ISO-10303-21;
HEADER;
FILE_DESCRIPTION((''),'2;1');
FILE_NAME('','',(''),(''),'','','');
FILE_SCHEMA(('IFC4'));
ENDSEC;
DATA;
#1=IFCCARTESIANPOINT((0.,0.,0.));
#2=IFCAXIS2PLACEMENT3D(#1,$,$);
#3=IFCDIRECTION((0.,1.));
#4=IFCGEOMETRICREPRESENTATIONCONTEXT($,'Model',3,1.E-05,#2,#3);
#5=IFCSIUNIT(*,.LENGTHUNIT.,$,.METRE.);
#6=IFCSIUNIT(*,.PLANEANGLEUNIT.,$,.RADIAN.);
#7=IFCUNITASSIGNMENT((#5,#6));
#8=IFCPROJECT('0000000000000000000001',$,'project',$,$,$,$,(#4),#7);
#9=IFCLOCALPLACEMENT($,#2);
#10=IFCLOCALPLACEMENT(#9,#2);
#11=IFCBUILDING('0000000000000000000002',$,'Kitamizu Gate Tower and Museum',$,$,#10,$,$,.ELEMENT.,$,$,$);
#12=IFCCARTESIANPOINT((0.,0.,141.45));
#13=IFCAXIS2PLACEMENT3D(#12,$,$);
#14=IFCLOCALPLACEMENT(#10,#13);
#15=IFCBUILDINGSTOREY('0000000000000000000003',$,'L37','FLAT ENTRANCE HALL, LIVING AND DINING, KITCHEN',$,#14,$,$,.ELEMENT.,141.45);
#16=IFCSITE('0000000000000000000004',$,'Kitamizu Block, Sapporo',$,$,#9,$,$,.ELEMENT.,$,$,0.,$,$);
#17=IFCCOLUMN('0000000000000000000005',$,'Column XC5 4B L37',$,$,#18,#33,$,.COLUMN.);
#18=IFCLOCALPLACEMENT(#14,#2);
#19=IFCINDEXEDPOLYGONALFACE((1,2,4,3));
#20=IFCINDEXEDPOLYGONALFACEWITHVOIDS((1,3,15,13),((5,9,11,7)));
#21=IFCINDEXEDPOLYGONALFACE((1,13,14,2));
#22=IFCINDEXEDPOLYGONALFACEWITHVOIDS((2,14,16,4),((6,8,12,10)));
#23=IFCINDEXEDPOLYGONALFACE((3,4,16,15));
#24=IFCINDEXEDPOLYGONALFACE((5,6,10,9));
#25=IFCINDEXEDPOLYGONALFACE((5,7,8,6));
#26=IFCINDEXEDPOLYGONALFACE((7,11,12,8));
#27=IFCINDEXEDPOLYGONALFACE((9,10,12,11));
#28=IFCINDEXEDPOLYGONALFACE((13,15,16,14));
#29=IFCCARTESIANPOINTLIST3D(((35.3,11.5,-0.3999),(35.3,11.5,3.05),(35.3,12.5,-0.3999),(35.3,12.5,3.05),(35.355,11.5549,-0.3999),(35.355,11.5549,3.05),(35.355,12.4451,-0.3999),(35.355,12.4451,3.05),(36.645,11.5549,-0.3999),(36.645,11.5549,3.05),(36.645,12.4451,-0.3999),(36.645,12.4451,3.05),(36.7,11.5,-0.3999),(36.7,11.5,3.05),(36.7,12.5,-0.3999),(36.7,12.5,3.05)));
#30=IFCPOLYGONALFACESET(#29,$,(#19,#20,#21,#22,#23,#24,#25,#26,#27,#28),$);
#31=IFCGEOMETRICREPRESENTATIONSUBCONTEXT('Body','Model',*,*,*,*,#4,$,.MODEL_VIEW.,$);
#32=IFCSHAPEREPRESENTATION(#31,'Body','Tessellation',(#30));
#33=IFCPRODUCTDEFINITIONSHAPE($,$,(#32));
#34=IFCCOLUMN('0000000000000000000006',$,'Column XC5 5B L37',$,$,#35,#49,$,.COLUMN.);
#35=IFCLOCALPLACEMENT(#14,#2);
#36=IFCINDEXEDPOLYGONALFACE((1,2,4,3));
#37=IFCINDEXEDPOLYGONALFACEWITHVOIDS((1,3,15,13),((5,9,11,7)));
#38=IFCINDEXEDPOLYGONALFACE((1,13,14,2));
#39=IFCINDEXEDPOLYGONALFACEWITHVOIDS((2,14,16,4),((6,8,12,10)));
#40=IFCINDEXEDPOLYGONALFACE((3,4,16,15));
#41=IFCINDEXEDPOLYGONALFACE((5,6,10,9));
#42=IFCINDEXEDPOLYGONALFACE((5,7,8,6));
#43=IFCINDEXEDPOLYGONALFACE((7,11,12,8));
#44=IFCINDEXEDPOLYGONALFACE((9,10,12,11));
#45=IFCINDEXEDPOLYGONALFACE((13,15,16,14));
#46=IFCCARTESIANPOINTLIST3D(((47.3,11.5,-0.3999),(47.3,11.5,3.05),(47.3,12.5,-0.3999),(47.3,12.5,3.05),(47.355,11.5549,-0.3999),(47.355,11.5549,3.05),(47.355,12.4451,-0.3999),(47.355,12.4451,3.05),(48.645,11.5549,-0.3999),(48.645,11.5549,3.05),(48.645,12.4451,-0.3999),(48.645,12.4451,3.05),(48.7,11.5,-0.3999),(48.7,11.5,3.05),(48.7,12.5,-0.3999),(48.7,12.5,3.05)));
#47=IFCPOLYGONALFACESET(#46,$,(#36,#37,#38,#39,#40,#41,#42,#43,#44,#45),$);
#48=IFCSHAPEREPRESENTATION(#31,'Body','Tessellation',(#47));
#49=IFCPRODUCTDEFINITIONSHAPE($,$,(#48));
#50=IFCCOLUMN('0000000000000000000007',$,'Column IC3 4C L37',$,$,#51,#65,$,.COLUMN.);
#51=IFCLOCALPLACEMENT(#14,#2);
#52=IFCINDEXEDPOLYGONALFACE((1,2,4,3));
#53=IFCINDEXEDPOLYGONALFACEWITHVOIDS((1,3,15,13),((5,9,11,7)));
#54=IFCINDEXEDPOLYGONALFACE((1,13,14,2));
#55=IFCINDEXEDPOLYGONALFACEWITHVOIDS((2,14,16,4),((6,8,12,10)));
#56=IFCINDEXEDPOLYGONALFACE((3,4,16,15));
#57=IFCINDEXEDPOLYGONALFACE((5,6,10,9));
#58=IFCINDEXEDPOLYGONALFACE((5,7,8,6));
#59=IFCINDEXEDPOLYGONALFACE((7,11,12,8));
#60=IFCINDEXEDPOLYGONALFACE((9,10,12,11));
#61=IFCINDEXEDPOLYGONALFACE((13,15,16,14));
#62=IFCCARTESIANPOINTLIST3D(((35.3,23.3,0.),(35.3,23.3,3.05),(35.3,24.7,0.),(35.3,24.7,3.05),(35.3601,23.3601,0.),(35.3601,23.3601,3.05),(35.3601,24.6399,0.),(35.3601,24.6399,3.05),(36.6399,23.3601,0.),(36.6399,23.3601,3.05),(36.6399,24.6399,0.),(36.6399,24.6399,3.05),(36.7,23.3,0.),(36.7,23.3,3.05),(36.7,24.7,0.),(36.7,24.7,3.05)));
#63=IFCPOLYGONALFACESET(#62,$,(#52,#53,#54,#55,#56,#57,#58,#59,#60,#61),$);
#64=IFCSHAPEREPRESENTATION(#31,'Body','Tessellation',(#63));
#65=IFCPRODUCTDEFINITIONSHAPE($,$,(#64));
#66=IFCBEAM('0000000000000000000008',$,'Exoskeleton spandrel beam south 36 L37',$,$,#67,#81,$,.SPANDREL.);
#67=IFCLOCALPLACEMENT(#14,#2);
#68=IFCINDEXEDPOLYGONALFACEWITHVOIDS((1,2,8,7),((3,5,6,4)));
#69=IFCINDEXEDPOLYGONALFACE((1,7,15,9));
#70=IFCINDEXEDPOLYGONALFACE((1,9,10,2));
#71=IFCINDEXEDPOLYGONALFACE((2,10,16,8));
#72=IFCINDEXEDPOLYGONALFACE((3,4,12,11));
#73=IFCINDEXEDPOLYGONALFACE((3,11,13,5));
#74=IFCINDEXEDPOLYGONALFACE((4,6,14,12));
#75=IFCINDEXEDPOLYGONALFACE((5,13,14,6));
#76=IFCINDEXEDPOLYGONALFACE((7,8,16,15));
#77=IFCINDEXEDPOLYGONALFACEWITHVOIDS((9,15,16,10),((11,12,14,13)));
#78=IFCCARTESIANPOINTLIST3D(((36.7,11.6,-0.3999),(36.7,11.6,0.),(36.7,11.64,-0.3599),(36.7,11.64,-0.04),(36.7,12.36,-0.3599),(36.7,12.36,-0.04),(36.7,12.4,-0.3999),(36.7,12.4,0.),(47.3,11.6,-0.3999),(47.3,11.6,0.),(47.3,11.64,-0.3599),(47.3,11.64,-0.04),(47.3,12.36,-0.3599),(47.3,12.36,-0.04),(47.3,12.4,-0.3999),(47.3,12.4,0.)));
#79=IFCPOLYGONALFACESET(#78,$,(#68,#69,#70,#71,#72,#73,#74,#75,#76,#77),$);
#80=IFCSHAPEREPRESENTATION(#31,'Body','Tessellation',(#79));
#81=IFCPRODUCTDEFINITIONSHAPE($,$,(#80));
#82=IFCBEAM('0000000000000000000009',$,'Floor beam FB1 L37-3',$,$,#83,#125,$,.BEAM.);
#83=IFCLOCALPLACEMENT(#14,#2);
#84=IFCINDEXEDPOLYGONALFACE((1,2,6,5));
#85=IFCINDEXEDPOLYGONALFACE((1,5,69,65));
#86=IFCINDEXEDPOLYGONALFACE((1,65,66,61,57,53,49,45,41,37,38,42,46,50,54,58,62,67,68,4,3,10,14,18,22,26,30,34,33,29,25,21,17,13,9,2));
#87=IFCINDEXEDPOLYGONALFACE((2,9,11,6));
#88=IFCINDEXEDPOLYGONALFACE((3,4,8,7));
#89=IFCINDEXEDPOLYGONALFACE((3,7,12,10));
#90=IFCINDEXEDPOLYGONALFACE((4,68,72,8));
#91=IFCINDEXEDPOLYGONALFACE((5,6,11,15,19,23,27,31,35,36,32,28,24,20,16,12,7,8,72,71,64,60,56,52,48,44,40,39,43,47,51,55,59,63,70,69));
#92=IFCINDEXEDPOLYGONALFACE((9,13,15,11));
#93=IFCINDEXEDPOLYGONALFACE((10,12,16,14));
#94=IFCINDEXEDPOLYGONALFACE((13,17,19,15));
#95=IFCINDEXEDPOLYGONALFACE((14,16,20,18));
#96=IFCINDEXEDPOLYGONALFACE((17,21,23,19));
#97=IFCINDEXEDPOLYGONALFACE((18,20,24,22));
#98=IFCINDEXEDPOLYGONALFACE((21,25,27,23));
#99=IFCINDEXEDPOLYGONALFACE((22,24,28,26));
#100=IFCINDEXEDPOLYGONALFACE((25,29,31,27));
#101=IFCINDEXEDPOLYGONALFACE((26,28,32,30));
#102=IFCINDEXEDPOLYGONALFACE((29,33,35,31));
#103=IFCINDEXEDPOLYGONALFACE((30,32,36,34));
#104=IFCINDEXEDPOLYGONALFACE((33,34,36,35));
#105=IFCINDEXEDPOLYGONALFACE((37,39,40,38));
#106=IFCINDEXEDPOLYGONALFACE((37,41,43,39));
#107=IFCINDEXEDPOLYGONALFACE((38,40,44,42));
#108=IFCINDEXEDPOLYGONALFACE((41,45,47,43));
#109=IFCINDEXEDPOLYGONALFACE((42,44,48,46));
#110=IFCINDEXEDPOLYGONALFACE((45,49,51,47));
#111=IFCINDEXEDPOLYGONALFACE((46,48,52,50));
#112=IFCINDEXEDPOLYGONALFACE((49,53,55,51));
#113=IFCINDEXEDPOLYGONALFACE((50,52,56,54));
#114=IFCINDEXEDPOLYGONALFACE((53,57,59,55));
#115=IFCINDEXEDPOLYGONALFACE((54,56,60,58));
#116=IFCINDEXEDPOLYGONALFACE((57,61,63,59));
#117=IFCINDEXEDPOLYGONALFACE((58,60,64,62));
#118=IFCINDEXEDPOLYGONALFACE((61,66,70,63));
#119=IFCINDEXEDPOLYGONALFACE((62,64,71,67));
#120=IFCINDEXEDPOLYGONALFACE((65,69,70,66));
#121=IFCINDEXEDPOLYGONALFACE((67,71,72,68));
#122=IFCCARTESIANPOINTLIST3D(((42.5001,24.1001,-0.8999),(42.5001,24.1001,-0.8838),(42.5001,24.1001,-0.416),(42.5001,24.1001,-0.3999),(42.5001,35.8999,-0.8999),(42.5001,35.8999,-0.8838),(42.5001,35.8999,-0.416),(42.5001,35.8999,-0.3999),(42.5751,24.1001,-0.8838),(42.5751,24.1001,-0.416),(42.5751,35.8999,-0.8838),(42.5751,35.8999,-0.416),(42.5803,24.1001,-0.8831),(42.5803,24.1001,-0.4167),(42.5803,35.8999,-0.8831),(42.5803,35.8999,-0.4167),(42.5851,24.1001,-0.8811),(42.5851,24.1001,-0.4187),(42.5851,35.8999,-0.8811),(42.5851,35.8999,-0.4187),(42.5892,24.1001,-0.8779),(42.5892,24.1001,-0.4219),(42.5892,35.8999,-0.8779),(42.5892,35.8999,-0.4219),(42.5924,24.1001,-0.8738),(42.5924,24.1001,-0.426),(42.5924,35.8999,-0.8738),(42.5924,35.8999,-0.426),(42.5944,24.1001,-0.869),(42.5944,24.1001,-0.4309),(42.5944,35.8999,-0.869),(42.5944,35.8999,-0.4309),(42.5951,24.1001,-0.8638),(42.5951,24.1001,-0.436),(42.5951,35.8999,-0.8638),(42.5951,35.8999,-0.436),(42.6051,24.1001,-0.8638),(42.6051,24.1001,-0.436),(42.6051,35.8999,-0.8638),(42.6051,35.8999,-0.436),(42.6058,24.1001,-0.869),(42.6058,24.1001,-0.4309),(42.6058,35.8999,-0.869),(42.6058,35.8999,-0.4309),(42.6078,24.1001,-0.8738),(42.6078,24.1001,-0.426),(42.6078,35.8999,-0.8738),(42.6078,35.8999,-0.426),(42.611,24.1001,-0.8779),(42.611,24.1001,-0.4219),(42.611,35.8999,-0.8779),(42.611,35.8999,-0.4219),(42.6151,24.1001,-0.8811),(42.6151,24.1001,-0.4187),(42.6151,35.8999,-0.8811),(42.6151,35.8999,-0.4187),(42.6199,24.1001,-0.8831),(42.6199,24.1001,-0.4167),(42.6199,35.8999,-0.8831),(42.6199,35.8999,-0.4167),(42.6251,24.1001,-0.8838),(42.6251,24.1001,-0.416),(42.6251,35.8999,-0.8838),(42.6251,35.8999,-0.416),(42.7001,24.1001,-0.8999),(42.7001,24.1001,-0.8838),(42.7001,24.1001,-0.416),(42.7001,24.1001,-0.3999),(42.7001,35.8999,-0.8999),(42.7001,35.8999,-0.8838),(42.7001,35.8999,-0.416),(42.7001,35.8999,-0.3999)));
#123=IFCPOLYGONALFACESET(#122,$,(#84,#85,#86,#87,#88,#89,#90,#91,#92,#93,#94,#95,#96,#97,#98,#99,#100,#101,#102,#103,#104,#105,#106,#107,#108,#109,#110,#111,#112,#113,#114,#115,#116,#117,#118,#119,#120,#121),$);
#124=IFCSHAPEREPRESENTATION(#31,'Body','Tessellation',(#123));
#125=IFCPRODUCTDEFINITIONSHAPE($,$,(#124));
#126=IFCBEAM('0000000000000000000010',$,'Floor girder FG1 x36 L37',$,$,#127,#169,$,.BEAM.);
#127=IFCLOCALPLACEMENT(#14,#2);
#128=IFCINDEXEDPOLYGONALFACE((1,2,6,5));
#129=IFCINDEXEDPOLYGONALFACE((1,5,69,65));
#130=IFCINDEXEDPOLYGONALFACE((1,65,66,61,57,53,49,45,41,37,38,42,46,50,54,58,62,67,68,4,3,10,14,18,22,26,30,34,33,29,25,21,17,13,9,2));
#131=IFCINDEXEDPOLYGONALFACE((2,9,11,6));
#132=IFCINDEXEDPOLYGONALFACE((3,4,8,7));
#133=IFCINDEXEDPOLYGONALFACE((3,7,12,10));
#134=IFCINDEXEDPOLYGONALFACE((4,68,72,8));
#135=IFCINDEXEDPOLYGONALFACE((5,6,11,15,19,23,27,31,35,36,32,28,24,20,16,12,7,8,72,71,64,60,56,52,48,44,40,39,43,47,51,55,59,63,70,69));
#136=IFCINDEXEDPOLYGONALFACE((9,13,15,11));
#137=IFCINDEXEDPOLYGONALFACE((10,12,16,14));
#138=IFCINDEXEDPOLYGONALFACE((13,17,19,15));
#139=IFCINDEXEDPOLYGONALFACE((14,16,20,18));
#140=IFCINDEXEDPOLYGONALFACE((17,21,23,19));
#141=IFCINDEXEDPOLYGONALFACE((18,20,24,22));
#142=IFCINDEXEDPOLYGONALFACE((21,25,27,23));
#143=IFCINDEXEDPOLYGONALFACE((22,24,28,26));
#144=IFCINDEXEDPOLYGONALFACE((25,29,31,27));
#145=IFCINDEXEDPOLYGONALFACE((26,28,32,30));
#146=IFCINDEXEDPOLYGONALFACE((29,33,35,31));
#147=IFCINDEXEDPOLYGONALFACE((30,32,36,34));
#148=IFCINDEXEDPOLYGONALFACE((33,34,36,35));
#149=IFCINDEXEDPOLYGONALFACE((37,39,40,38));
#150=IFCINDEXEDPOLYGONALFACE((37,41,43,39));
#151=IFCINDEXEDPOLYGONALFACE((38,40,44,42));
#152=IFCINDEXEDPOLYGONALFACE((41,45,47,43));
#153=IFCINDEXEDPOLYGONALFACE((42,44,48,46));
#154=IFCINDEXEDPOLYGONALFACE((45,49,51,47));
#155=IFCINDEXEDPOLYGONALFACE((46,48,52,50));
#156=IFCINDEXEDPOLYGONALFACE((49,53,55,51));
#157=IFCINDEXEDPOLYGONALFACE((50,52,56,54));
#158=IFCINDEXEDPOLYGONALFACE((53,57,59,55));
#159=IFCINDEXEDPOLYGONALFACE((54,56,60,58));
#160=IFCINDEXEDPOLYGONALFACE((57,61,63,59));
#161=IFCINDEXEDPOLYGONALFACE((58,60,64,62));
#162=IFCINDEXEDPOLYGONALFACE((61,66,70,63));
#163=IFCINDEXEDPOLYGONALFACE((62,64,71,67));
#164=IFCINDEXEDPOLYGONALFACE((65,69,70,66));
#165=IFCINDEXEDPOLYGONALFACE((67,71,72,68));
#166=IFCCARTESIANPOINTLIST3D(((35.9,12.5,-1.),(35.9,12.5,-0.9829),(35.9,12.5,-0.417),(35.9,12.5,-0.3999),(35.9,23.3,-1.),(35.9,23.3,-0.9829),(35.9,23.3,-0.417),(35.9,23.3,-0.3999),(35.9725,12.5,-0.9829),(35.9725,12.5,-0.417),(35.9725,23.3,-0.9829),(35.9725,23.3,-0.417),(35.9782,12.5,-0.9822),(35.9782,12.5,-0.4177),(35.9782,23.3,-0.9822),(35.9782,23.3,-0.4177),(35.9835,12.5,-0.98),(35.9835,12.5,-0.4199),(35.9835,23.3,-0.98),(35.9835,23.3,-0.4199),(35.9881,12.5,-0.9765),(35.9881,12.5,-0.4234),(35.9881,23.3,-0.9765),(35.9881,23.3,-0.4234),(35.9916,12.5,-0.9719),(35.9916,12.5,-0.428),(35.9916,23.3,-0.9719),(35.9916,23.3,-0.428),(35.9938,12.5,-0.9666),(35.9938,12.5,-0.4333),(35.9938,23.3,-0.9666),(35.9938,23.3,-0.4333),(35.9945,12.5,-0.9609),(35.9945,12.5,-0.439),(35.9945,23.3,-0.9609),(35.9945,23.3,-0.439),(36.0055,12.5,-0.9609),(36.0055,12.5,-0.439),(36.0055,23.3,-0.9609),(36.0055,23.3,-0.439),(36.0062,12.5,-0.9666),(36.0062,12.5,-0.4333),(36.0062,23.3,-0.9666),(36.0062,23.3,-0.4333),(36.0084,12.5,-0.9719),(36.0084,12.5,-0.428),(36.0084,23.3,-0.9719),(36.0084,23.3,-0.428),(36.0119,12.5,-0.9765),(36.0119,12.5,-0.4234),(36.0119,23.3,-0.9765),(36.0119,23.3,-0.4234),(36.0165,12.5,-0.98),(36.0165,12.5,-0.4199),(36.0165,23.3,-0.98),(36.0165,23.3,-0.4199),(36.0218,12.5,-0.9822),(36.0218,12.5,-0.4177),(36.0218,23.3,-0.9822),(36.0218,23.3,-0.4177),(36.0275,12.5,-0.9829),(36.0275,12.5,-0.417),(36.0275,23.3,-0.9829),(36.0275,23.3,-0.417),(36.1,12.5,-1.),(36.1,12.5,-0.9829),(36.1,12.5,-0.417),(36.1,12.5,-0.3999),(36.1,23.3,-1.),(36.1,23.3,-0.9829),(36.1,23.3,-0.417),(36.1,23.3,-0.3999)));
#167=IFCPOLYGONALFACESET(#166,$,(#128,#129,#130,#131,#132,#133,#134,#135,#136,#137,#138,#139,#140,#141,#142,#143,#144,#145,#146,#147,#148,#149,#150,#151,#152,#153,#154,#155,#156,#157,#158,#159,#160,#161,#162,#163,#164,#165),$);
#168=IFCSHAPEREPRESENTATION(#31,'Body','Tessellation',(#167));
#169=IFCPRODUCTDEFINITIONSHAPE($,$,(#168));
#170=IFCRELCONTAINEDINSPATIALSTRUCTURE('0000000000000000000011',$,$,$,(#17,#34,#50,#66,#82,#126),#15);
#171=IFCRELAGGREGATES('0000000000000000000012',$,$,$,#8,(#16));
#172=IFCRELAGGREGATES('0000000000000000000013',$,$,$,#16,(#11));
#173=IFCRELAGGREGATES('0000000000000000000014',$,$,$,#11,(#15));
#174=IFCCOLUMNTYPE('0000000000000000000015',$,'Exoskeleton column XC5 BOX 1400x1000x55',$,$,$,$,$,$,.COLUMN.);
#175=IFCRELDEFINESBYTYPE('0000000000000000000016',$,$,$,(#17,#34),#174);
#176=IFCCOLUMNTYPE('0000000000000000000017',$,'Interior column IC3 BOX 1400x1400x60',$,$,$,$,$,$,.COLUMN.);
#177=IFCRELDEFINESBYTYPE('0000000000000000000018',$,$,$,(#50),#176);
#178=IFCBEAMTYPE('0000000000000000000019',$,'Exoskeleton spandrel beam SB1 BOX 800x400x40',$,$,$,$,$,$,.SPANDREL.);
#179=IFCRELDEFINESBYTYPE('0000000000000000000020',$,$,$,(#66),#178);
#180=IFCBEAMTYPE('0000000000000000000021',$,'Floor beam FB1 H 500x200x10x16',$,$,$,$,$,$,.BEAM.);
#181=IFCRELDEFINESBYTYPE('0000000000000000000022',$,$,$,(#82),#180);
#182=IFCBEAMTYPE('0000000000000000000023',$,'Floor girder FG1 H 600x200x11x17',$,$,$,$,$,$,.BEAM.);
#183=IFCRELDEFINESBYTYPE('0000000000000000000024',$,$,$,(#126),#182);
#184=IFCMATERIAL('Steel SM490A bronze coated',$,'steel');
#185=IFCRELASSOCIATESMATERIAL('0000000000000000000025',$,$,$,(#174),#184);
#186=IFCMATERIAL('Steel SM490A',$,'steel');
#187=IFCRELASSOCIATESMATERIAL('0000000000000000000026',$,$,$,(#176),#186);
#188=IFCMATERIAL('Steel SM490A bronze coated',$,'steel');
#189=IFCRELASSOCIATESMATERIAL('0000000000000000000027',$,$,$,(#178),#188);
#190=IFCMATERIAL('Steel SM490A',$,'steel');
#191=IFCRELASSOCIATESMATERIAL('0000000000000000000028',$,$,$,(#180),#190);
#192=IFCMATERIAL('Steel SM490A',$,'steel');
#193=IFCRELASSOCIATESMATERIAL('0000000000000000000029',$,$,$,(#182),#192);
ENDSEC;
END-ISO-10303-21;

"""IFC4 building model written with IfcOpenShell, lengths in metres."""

from ifc_helpers import new_model, si_unit, direction, frame, origin, origin_2d, place, context, subcontext, project, spatial, hollow_rectangle, i_section, extrude, material, material_profile, profile_set, type_object, element, save


model = new_model("IFC4")

# Units and contexts
model_context = context("Model", 3, precision=1e-05, world=origin(), true_north=direction((0.0, 1.0)))
body_context = subcontext(model_context, "Body", "Model", "MODEL_VIEW")
ifc_project = project(units=[si_unit("LENGTHUNIT", "METRE"), si_unit("PLANEANGLEUNIT", "RADIAN")], contexts=[model_context])

# Site, building, storey
site_placement = place(None, origin())
site = spatial("IfcSite", under=ifc_project, at=site_placement, Name="Kitamizu Block, Sapporo", CompositionType="ELEMENT", RefElevation=0.0)
building_placement = place(site_placement, origin())
building = spatial("IfcBuilding", under=site, at=building_placement, Name="Kitamizu Gate Tower and Museum", CompositionType="ELEMENT")
storey_placement = place(building_placement, frame((0.0, 0.0, 141.45)))
storey = spatial("IfcBuildingStorey", under=building, at=storey_placement, Name="L37", Description="FLAT ENTRANCE HALL, LIVING AND DINING, KITCHEN", CompositionType="ELEMENT", Elevation=141.45)

# Columns
ifc_material_1 = material(Name="Steel SM490A bronze coated", Category="steel")
ifc_material_profile_1 = material_profile(ifc_material_1, hollow_rectangle(XDim=1.3999, YDim=1.0, WallThickness=0.0549, at=origin_2d()), Name="BOX 1400x1000x55")
ifc_profile_set_1 = profile_set([ifc_material_profile_1], Name="Steel SM490A bronze coated")
column_type_1 = type_object("IfcColumnType", Name="Exoskeleton column XC5 BOX 1400x1000x55", PredefinedType="COLUMN", material=ifc_profile_set_1)
for number, where, z_axis, x_axis, name in (
    (1, (36.0, 12.0, -0.3999), (0.0, 0.0, 1.0), (1.0, 0.0, 0.0), "Column XC5 4B L37"),
    (2, (48.0, 12.0, -0.3999), (0.0, 0.0, 1.0), (1.0, 0.0, 0.0), "Column XC5 5B L37"),
):
    element("IfcColumn", number, at=place(storey_placement, frame(where, z_axis=z_axis, x_axis=x_axis)), inside=storey, type_object=column_type_1, Name=name, PredefinedType="COLUMN", context=body_context, shape_type="SweptSolid", body=[
        extrude(hollow_rectangle(XDim=1.3999, YDim=1.0, WallThickness=0.0549, at=origin_2d()), origin(), (0.0, 0.0, 1.0), 3.45),
    ])
ifc_material_2 = material(Name="Steel SM490A", Category="steel")
ifc_material_profile_2 = material_profile(ifc_material_2, hollow_rectangle(XDim=1.3999, YDim=1.3999, WallThickness=0.0601, at=origin_2d()), Name="BOX 1400x1400x60")
ifc_profile_set_2 = profile_set([ifc_material_profile_2], Name="Steel SM490A")
column_type_2 = type_object("IfcColumnType", Name="Interior column IC3 BOX 1400x1400x60", PredefinedType="COLUMN", material=ifc_profile_set_2)
column_placement = place(storey_placement, frame((36.0, 24.0, 0.0), z_axis=(0.0, 0.0, 1.0), x_axis=(1.0, 0.0, 0.0)))
element("IfcColumn", 3, at=column_placement, inside=storey, type_object=column_type_2, Name="Column IC3 4C L37", PredefinedType="COLUMN", context=body_context, shape_type="SweptSolid", body=[
    extrude(hollow_rectangle(XDim=1.3999, YDim=1.3999, WallThickness=0.0601, at=origin_2d()), origin(), (0.0, 0.0, 1.0), 3.05),
])

# Beams
ifc_material_3 = material(Name="Steel SM490A bronze coated", Category="steel")
ifc_material_profile_3 = material_profile(ifc_material_3, hollow_rectangle(XDim=0.8, YDim=0.3999, WallThickness=0.04, at=origin_2d()), Name="BOX 800x400x40")
ifc_profile_set_3 = profile_set([ifc_material_profile_3], Name="Steel SM490A bronze coated")
beam_type_1 = type_object("IfcBeamType", Name="Exoskeleton spandrel beam SB1 BOX 800x400x40", PredefinedType="SPANDREL", material=ifc_profile_set_3)
beam_1_placement = place(storey_placement, frame((36.7, 12.0, -0.2), z_axis=(1.0, 0.0, 0.0), x_axis=(0.0, 1.0, 0.0)))
element("IfcBeam", 4, at=beam_1_placement, inside=storey, type_object=beam_type_1, Name="Exoskeleton spandrel beam south 36 L37", PredefinedType="SPANDREL", context=body_context, shape_type="SweptSolid", body=[
    extrude(hollow_rectangle(XDim=0.8, YDim=0.3999, WallThickness=0.04, at=origin_2d()), origin(), (0.0, 0.0, 1.0), 10.6001),
])
ifc_material_4 = material(Name="Steel SM490A", Category="steel")
ifc_material_profile_4 = material_profile(ifc_material_4, i_section(OverallWidth=0.2, OverallDepth=0.5, WebThickness=0.01, FlangeThickness=0.0161, FilletRadius=0.02, at=origin_2d()), Name="H-500x200x10x16")
ifc_profile_set_4 = profile_set([ifc_material_profile_4], Name="Steel SM490A")
beam_type_2 = type_object("IfcBeamType", Name="Floor beam FB1 H 500x200x10x16", PredefinedType="BEAM", material=ifc_profile_set_4)
beam_2_placement = place(storey_placement, frame((42.6001, 24.1001, -0.6499), z_axis=(0.0, 1.0, 0.0), x_axis=(-1.0, 0.0, 0.0)))
element("IfcBeam", 5, at=beam_2_placement, inside=storey, type_object=beam_type_2, Name="Floor beam FB1 L37-3", PredefinedType="BEAM", context=body_context, shape_type="SweptSolid", body=[
    extrude(i_section(OverallWidth=0.2, OverallDepth=0.5, WebThickness=0.01, FlangeThickness=0.0161, FilletRadius=0.02, at=origin_2d()), origin(), (0.0, 0.0, 1.0), 11.7998),
])
ifc_material_5 = material(Name="Steel SM490A", Category="steel")
ifc_material_profile_5 = material_profile(ifc_material_5, i_section(OverallWidth=0.2, OverallDepth=0.6001, WebThickness=0.011, FlangeThickness=0.0171, FilletRadius=0.022, at=origin_2d()), Name="H-600x200x11x17")
ifc_profile_set_5 = profile_set([ifc_material_profile_5], Name="Steel SM490A")
beam_type_3 = type_object("IfcBeamType", Name="Floor girder FG1 H 600x200x11x17", PredefinedType="BEAM", material=ifc_profile_set_5)
beam_3_placement = place(storey_placement, frame((36.0, 12.5, -0.7), z_axis=(0.0, 1.0, 0.0), x_axis=(-1.0, 0.0, 0.0)))
element("IfcBeam", 6, at=beam_3_placement, inside=storey, type_object=beam_type_3, Name="Floor girder FG1 x36 L37", PredefinedType="BEAM", context=body_context, shape_type="SweptSolid", body=[
    extrude(i_section(OverallWidth=0.2, OverallDepth=0.6001, WebThickness=0.011, FlangeThickness=0.0171, FilletRadius=0.022, at=origin_2d()), origin(), (0.0, 0.0, 1.0), 10.8),
])

save(model, "model.ifc")
